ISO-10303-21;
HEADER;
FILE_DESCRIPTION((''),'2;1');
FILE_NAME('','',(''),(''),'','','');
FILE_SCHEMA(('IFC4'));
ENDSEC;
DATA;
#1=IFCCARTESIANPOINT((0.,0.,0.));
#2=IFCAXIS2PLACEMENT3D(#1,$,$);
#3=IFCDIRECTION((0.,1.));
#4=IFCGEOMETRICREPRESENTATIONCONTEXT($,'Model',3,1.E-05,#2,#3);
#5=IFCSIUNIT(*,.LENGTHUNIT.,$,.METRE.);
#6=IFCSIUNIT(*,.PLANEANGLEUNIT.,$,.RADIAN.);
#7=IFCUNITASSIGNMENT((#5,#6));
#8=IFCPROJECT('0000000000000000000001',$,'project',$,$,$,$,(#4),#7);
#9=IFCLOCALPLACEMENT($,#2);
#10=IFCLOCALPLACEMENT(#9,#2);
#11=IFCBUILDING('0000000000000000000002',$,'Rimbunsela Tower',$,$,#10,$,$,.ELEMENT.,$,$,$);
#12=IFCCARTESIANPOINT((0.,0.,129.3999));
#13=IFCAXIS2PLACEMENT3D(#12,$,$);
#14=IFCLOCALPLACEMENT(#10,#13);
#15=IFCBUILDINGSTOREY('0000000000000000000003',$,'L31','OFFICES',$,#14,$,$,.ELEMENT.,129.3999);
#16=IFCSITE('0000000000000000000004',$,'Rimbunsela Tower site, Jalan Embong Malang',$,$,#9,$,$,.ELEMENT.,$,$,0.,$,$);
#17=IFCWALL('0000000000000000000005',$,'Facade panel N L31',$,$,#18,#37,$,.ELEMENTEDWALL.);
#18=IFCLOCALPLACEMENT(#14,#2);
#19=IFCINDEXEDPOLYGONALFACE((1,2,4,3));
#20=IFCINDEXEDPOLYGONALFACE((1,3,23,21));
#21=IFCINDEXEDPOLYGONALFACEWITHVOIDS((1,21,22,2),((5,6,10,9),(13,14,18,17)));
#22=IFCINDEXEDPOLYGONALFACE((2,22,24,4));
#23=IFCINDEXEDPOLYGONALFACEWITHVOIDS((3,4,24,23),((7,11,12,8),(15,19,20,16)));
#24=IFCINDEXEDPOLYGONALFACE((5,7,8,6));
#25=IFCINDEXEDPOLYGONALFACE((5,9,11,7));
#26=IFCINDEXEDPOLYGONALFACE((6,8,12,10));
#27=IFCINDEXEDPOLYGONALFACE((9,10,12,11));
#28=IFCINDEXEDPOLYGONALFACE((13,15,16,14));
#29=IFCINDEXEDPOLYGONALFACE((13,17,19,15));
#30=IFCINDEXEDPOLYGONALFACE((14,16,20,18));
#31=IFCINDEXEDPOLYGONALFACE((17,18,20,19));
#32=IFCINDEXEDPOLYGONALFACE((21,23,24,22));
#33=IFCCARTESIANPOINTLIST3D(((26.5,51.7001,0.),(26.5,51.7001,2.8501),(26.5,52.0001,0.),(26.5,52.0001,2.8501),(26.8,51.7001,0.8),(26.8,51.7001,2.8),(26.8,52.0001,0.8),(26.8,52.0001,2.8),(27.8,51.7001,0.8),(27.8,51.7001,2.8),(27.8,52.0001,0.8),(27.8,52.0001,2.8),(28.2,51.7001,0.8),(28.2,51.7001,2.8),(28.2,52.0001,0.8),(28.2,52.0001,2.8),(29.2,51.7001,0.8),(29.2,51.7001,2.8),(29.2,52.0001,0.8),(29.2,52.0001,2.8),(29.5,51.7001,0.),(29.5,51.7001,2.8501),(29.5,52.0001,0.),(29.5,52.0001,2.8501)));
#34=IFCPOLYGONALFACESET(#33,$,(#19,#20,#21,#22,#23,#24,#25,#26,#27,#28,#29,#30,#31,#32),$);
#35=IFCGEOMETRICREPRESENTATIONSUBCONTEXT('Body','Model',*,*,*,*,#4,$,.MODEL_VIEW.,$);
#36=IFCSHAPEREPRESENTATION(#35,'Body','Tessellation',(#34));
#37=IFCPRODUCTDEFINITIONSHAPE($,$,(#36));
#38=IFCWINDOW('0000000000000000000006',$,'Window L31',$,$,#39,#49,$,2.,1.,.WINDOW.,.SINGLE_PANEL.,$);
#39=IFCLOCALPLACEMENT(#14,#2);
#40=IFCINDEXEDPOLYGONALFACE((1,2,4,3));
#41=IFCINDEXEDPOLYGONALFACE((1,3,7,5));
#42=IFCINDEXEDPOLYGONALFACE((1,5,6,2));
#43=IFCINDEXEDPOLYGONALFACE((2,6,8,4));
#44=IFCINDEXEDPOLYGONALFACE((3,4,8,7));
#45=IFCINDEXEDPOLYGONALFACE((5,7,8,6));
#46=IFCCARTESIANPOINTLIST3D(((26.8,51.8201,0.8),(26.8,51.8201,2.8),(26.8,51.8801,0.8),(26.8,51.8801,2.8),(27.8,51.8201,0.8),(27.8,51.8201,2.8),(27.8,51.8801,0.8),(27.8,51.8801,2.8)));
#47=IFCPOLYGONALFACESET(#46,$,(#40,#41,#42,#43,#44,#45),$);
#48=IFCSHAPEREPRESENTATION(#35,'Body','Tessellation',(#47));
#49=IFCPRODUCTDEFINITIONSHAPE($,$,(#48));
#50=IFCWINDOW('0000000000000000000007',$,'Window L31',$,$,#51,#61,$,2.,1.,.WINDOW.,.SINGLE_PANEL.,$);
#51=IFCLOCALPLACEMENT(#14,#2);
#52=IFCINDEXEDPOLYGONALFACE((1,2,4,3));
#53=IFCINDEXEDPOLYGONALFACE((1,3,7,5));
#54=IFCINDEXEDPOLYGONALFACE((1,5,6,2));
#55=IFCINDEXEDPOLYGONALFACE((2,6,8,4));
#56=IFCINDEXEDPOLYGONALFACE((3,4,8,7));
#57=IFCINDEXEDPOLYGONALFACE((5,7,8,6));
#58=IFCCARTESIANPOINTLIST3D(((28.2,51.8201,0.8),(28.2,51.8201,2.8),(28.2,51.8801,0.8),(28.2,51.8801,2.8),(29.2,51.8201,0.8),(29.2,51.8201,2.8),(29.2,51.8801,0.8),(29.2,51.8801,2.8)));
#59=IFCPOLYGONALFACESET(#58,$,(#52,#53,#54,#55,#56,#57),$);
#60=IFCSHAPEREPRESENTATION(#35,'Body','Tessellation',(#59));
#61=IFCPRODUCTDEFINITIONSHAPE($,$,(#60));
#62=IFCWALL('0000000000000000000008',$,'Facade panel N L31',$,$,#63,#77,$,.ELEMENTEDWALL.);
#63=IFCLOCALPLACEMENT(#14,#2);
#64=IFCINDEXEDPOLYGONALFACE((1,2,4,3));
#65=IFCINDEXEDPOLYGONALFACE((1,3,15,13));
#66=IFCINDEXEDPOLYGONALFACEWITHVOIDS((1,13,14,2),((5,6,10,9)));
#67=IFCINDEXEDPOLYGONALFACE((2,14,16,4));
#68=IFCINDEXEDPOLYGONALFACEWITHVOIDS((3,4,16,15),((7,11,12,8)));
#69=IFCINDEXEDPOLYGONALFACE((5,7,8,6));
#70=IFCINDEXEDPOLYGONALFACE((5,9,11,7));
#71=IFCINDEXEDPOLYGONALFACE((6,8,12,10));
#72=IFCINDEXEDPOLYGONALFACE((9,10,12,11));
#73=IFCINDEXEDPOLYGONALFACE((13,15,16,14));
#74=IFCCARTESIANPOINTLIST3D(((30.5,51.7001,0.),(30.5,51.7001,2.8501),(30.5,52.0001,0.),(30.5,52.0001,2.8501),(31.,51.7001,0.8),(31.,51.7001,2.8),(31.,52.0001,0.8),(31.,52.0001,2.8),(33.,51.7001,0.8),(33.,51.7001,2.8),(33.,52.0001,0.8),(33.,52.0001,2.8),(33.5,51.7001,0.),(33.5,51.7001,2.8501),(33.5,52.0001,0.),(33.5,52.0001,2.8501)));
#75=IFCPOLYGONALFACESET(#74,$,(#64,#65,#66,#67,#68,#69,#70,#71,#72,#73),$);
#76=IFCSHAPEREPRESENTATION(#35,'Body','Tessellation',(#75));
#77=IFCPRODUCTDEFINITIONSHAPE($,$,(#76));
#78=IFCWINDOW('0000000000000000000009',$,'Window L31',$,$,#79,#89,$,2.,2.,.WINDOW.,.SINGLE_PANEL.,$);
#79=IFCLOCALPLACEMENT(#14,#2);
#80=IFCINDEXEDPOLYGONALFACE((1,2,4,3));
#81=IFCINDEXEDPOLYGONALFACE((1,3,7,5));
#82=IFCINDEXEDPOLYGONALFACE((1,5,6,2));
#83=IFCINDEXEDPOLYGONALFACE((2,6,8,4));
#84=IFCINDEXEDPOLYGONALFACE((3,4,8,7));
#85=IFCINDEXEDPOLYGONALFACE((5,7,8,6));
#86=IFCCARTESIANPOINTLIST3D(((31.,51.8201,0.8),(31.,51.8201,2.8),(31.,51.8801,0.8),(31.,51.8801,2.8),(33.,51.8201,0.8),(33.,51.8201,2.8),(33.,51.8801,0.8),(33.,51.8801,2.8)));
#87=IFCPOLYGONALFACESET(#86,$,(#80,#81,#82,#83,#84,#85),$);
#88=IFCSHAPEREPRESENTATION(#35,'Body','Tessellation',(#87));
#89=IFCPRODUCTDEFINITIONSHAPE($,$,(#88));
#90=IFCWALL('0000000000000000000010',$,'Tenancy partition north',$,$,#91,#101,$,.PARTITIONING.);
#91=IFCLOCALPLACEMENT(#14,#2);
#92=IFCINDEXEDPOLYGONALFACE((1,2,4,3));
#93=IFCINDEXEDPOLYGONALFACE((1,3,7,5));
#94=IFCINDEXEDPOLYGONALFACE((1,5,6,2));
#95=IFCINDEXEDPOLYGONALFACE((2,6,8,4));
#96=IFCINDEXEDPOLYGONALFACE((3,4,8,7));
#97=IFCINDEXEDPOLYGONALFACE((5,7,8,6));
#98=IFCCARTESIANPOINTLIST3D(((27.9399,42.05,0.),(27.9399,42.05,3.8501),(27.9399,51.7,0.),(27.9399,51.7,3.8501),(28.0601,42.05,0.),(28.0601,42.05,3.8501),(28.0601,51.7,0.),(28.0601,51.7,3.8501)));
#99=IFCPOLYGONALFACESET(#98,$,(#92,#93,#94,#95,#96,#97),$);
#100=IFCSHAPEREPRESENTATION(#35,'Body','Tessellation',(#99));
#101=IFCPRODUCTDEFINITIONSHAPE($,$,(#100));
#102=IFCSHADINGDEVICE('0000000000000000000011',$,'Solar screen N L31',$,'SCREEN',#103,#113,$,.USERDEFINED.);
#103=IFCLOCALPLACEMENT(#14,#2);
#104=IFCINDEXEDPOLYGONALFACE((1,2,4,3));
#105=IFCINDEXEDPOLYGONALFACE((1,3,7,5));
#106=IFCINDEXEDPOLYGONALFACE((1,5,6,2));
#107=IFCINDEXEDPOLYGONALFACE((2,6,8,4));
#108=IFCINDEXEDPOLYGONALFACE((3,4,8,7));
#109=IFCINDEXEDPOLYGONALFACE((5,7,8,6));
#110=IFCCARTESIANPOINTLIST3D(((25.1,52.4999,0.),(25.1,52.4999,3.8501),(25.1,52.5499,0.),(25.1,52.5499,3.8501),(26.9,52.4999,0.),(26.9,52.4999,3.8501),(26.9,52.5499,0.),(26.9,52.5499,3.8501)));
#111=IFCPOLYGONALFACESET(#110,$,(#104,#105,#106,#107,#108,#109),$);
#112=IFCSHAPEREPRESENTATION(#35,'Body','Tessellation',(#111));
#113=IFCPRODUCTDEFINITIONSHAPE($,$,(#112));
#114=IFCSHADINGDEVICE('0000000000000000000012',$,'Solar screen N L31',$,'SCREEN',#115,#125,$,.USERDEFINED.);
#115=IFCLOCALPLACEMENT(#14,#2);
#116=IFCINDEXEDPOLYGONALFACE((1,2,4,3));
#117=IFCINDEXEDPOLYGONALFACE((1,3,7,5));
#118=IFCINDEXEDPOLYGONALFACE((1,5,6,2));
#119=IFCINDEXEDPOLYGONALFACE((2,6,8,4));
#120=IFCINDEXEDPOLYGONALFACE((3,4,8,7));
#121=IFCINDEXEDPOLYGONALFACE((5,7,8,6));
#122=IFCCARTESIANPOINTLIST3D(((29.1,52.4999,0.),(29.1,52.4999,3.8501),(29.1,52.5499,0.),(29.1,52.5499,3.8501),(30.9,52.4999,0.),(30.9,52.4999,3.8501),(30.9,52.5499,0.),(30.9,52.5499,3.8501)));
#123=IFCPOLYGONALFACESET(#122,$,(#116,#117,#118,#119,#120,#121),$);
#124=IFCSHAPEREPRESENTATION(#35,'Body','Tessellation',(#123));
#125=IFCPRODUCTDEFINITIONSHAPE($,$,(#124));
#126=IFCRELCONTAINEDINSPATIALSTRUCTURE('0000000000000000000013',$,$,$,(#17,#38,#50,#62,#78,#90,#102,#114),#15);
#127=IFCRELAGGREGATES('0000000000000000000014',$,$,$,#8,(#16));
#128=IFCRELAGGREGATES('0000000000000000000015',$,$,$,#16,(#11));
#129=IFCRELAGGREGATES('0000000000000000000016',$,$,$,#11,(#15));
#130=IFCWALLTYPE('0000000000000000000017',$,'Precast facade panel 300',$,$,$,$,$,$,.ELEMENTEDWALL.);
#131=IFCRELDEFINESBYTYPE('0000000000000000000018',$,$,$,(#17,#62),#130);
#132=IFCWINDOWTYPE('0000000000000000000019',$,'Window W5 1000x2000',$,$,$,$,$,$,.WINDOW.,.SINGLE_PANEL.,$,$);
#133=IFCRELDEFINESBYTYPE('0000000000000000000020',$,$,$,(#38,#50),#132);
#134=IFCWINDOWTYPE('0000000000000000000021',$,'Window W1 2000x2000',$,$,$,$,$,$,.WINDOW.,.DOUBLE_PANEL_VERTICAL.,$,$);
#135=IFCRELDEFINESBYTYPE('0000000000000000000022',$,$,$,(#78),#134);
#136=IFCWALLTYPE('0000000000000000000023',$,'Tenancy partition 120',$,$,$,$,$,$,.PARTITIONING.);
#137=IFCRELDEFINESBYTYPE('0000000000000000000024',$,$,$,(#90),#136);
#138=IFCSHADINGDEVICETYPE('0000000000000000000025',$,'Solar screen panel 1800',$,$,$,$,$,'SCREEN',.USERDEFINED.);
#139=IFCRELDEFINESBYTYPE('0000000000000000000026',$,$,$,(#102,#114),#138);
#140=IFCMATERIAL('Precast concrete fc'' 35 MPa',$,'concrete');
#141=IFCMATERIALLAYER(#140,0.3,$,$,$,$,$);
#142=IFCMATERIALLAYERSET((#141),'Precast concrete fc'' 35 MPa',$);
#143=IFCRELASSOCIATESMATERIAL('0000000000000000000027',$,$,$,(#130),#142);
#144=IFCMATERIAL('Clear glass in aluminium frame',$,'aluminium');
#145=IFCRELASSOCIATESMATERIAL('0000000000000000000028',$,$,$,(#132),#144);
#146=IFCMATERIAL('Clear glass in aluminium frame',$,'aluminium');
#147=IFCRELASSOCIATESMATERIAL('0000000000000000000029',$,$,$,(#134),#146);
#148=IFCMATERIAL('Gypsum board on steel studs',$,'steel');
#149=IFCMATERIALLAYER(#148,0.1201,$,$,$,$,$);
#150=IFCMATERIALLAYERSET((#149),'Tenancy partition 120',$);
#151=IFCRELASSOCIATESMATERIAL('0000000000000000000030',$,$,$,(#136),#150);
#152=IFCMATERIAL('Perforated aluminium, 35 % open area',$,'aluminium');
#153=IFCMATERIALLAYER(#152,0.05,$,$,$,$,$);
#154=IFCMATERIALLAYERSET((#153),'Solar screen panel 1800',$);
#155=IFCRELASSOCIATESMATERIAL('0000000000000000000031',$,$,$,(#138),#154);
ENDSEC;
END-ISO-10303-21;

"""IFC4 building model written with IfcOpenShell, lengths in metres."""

from ifc_helpers import new_model, si_unit, direction, frame, frame_2d, origin, origin_2d, place, context, subcontext, project, spatial, rectangle, extrude, material, layer, layer_set, type_object, element, fill, save


model = new_model("IFC4")

# Units and contexts
model_context = context("Model", 3, precision=1e-05, world=origin(), true_north=direction((0.0, 1.0)))
body_context = subcontext(model_context, "Body", "Model", "MODEL_VIEW")
ifc_project = project(units=[si_unit("LENGTHUNIT", "METRE"), si_unit("PLANEANGLEUNIT", "RADIAN")], contexts=[model_context])

# Site, building, storey
site_placement = place(None, origin())
site = spatial("IfcSite", under=ifc_project, at=site_placement, Name="Rimbunsela Tower site, Jalan Embong Malang", CompositionType="ELEMENT", RefElevation=0.0)
building_placement = place(site_placement, origin())
building = spatial("IfcBuilding", under=site, at=building_placement, Name="Rimbunsela Tower", CompositionType="ELEMENT")
storey_placement = place(building_placement, frame((0.0, 0.0, 129.3999)))
storey = spatial("IfcBuildingStorey", under=building, at=storey_placement, Name="L31", Description="OFFICES", CompositionType="ELEMENT", Elevation=129.3999)

# Wall, openings, windows
ifc_material_1 = material(Name="Precast concrete fc' 35 MPa", Category="concrete")
ifc_layer_1 = layer(ifc_material_1, 0.3)
ifc_layer_set_1 = layer_set([ifc_layer_1], Name="Precast concrete fc' 35 MPa")
wall_type_1 = type_object("IfcWallType", Name="Precast facade panel 300", PredefinedType="ELEMENTEDWALL", material=ifc_layer_set_1)
wall_1_placement = place(storey_placement, frame((29.5, 51.8501, 0.0), z_axis=(0.0, 0.0, 1.0), x_axis=(-1.0, 0.0, 0.0)))
wall_1 = element("IfcWall", 1, at=wall_1_placement, inside=storey, type_object=wall_type_1, Name="Facade panel N L31", PredefinedType="ELEMENTEDWALL", context=body_context, shape_type="SweptSolid", body=[
    extrude(rectangle(XDim=3.0, YDim=0.3, at=frame_2d((1.5, 0.0))), origin(), (0.0, 0.0, 1.0), 2.8501),
])
opening_1_placement = place(wall_1_placement, frame((1.7, 0.0, 0.8)))
opening_1 = element("IfcOpeningElement", 2, at=opening_1_placement, cuts=wall_1, PredefinedType="OPENING", context=body_context, shape_type="SweptSolid", body=[
    extrude(rectangle(XDim=1.0, YDim=2.0, at=frame_2d((0.5, 1.0))), frame((0.0, 0.1599, 0.0), z_axis=(0.0, -1.0, 0.0), x_axis=(1.0, 0.0, 0.0)), (0.0, 0.0, 1.0), 0.3201),
])
opening_2_placement = place(wall_1_placement, frame((0.3, 0.0, 0.8)))
opening_2 = element("IfcOpeningElement", 3, at=opening_2_placement, cuts=wall_1, PredefinedType="OPENING", context=body_context, shape_type="SweptSolid", body=[
    extrude(rectangle(XDim=1.0, YDim=2.0, at=frame_2d((0.5, 1.0))), frame((0.0, 0.1599, 0.0), z_axis=(0.0, -1.0, 0.0), x_axis=(1.0, 0.0, 0.0)), (0.0, 0.0, 1.0), 0.3201),
])
ifc_material_2 = material(Name="Clear glass in aluminium frame", Category="aluminium")
window_type_1 = type_object("IfcWindowType", Name="Window W5 1000x2000", PartitioningType="SINGLE_PANEL", PredefinedType="WINDOW", material=ifc_material_2)
window_1_placement = place(opening_1_placement, origin())
window_1 = element("IfcWindow", 4, at=window_1_placement, inside=storey, type_object=window_type_1, Name="Window L31", OverallHeight=2.0, OverallWidth=1.0, PartitioningType="SINGLE_PANEL", PredefinedType="WINDOW", context=body_context, shape_type="SweptSolid", body=[
    extrude(rectangle(XDim=1.0, YDim=2.0, at=frame_2d((0.5, 1.0))), frame((0.0, 0.03, 0.0), z_axis=(0.0, -1.0, 0.0), x_axis=(1.0, 0.0, 0.0)), (0.0, 0.0, 1.0), 0.0601),
])
fill(opening_1, window_1)
window_2_placement = place(opening_2_placement, origin())
window_2 = element("IfcWindow", 5, at=window_2_placement, inside=storey, type_object=window_type_1, Name="Window L31", OverallHeight=2.0, OverallWidth=1.0, PartitioningType="SINGLE_PANEL", PredefinedType="WINDOW", context=body_context, shape_type="SweptSolid", body=[
    extrude(rectangle(XDim=1.0, YDim=2.0, at=frame_2d((0.5, 1.0))), frame((0.0, 0.03, 0.0), z_axis=(0.0, -1.0, 0.0), x_axis=(1.0, 0.0, 0.0)), (0.0, 0.0, 1.0), 0.0601),
])
fill(opening_2, window_2)

# Wall, opening, window
wall_2_placement = place(storey_placement, frame((33.5, 51.8501, 0.0), z_axis=(0.0, 0.0, 1.0), x_axis=(-1.0, 0.0, 0.0)))
wall_2 = element("IfcWall", 6, at=wall_2_placement, inside=storey, type_object=wall_type_1, Name="Facade panel N L31", PredefinedType="ELEMENTEDWALL", context=body_context, shape_type="SweptSolid", body=[
    extrude(rectangle(XDim=3.0, YDim=0.3, at=frame_2d((1.5, 0.0))), origin(), (0.0, 0.0, 1.0), 2.8501),
])
opening_3_placement = place(wall_2_placement, frame((0.5, 0.0, 0.8)))
opening_3 = element("IfcOpeningElement", 7, at=opening_3_placement, cuts=wall_2, PredefinedType="OPENING", context=body_context, shape_type="SweptSolid", body=[
    extrude(rectangle(XDim=2.0, YDim=2.0, at=frame_2d((1.0, 1.0))), frame((0.0, 0.1599, 0.0), z_axis=(0.0, -1.0, 0.0), x_axis=(1.0, 0.0, 0.0)), (0.0, 0.0, 1.0), 0.3201),
])
ifc_material_3 = material(Name="Clear glass in aluminium frame", Category="aluminium")
window_type_2 = type_object("IfcWindowType", Name="Window W1 2000x2000", PartitioningType="DOUBLE_PANEL_VERTICAL", PredefinedType="WINDOW", material=ifc_material_3)
window_3_placement = place(opening_3_placement, origin())
window_3 = element("IfcWindow", 8, at=window_3_placement, inside=storey, type_object=window_type_2, Name="Window L31", OverallHeight=2.0, OverallWidth=2.0, PartitioningType="SINGLE_PANEL", PredefinedType="WINDOW", context=body_context, shape_type="SweptSolid", body=[
    extrude(rectangle(XDim=2.0, YDim=2.0, at=frame_2d((1.0, 1.0))), frame((0.0, 0.03, 0.0), z_axis=(0.0, -1.0, 0.0), x_axis=(1.0, 0.0, 0.0)), (0.0, 0.0, 1.0), 0.0601),
])
fill(opening_3, window_3)

# Wall
ifc_material_4 = material(Name="Gypsum board on steel studs", Category="steel")
ifc_layer_2 = layer(ifc_material_4, 0.1201)
ifc_layer_set_2 = layer_set([ifc_layer_2], Name="Tenancy partition 120")
wall_type_2 = type_object("IfcWallType", Name="Tenancy partition 120", PredefinedType="PARTITIONING", material=ifc_layer_set_2)
wall_3_placement = place(storey_placement, frame((28.0, 42.05, 0.0), z_axis=(0.0, 0.0, 1.0), x_axis=(0.0, 1.0, 0.0)))
element("IfcWall", 9, at=wall_3_placement, inside=storey, type_object=wall_type_2, Name="Tenancy partition north", PredefinedType="PARTITIONING", context=body_context, shape_type="SweptSolid", body=[
    extrude(rectangle(XDim=9.6499, YDim=0.1201, at=frame_2d((4.825, 0.0))), origin(), (0.0, 0.0, 1.0), 3.8501),
])

# Shading devices
ifc_material_5 = material(Name="Perforated aluminium, 35 % open area", Category="aluminium")
ifc_layer_3 = layer(ifc_material_5, 0.05)
ifc_layer_set_3 = layer_set([ifc_layer_3], Name="Solar screen panel 1800")
shading_device_type = type_object("IfcShadingDeviceType", Name="Solar screen panel 1800", ElementType="SCREEN", PredefinedType="USERDEFINED", material=ifc_layer_set_3)
for number, where, z_axis, x_axis, name in (
    (10, (26.0, 52.5249, 0.0), (0.0, 0.0, 1.0), (1.0, 0.0, 0.0), "Solar screen N L31"),
    (11, (30.0, 52.5249, 0.0), (0.0, 0.0, 1.0), (1.0, 0.0, 0.0), "Solar screen N L31"),
):
    element("IfcShadingDevice", number, at=place(storey_placement, frame(where, z_axis=z_axis, x_axis=x_axis)), inside=storey, type_object=shading_device_type, Name=name, ObjectType="SCREEN", PredefinedType="USERDEFINED", context=body_context, shape_type="SweptSolid", body=[
        extrude(rectangle(XDim=1.8, YDim=0.05, at=origin_2d()), origin(), (0.0, 0.0, 1.0), 3.8501),
    ])

save(model, "model.ifc")
